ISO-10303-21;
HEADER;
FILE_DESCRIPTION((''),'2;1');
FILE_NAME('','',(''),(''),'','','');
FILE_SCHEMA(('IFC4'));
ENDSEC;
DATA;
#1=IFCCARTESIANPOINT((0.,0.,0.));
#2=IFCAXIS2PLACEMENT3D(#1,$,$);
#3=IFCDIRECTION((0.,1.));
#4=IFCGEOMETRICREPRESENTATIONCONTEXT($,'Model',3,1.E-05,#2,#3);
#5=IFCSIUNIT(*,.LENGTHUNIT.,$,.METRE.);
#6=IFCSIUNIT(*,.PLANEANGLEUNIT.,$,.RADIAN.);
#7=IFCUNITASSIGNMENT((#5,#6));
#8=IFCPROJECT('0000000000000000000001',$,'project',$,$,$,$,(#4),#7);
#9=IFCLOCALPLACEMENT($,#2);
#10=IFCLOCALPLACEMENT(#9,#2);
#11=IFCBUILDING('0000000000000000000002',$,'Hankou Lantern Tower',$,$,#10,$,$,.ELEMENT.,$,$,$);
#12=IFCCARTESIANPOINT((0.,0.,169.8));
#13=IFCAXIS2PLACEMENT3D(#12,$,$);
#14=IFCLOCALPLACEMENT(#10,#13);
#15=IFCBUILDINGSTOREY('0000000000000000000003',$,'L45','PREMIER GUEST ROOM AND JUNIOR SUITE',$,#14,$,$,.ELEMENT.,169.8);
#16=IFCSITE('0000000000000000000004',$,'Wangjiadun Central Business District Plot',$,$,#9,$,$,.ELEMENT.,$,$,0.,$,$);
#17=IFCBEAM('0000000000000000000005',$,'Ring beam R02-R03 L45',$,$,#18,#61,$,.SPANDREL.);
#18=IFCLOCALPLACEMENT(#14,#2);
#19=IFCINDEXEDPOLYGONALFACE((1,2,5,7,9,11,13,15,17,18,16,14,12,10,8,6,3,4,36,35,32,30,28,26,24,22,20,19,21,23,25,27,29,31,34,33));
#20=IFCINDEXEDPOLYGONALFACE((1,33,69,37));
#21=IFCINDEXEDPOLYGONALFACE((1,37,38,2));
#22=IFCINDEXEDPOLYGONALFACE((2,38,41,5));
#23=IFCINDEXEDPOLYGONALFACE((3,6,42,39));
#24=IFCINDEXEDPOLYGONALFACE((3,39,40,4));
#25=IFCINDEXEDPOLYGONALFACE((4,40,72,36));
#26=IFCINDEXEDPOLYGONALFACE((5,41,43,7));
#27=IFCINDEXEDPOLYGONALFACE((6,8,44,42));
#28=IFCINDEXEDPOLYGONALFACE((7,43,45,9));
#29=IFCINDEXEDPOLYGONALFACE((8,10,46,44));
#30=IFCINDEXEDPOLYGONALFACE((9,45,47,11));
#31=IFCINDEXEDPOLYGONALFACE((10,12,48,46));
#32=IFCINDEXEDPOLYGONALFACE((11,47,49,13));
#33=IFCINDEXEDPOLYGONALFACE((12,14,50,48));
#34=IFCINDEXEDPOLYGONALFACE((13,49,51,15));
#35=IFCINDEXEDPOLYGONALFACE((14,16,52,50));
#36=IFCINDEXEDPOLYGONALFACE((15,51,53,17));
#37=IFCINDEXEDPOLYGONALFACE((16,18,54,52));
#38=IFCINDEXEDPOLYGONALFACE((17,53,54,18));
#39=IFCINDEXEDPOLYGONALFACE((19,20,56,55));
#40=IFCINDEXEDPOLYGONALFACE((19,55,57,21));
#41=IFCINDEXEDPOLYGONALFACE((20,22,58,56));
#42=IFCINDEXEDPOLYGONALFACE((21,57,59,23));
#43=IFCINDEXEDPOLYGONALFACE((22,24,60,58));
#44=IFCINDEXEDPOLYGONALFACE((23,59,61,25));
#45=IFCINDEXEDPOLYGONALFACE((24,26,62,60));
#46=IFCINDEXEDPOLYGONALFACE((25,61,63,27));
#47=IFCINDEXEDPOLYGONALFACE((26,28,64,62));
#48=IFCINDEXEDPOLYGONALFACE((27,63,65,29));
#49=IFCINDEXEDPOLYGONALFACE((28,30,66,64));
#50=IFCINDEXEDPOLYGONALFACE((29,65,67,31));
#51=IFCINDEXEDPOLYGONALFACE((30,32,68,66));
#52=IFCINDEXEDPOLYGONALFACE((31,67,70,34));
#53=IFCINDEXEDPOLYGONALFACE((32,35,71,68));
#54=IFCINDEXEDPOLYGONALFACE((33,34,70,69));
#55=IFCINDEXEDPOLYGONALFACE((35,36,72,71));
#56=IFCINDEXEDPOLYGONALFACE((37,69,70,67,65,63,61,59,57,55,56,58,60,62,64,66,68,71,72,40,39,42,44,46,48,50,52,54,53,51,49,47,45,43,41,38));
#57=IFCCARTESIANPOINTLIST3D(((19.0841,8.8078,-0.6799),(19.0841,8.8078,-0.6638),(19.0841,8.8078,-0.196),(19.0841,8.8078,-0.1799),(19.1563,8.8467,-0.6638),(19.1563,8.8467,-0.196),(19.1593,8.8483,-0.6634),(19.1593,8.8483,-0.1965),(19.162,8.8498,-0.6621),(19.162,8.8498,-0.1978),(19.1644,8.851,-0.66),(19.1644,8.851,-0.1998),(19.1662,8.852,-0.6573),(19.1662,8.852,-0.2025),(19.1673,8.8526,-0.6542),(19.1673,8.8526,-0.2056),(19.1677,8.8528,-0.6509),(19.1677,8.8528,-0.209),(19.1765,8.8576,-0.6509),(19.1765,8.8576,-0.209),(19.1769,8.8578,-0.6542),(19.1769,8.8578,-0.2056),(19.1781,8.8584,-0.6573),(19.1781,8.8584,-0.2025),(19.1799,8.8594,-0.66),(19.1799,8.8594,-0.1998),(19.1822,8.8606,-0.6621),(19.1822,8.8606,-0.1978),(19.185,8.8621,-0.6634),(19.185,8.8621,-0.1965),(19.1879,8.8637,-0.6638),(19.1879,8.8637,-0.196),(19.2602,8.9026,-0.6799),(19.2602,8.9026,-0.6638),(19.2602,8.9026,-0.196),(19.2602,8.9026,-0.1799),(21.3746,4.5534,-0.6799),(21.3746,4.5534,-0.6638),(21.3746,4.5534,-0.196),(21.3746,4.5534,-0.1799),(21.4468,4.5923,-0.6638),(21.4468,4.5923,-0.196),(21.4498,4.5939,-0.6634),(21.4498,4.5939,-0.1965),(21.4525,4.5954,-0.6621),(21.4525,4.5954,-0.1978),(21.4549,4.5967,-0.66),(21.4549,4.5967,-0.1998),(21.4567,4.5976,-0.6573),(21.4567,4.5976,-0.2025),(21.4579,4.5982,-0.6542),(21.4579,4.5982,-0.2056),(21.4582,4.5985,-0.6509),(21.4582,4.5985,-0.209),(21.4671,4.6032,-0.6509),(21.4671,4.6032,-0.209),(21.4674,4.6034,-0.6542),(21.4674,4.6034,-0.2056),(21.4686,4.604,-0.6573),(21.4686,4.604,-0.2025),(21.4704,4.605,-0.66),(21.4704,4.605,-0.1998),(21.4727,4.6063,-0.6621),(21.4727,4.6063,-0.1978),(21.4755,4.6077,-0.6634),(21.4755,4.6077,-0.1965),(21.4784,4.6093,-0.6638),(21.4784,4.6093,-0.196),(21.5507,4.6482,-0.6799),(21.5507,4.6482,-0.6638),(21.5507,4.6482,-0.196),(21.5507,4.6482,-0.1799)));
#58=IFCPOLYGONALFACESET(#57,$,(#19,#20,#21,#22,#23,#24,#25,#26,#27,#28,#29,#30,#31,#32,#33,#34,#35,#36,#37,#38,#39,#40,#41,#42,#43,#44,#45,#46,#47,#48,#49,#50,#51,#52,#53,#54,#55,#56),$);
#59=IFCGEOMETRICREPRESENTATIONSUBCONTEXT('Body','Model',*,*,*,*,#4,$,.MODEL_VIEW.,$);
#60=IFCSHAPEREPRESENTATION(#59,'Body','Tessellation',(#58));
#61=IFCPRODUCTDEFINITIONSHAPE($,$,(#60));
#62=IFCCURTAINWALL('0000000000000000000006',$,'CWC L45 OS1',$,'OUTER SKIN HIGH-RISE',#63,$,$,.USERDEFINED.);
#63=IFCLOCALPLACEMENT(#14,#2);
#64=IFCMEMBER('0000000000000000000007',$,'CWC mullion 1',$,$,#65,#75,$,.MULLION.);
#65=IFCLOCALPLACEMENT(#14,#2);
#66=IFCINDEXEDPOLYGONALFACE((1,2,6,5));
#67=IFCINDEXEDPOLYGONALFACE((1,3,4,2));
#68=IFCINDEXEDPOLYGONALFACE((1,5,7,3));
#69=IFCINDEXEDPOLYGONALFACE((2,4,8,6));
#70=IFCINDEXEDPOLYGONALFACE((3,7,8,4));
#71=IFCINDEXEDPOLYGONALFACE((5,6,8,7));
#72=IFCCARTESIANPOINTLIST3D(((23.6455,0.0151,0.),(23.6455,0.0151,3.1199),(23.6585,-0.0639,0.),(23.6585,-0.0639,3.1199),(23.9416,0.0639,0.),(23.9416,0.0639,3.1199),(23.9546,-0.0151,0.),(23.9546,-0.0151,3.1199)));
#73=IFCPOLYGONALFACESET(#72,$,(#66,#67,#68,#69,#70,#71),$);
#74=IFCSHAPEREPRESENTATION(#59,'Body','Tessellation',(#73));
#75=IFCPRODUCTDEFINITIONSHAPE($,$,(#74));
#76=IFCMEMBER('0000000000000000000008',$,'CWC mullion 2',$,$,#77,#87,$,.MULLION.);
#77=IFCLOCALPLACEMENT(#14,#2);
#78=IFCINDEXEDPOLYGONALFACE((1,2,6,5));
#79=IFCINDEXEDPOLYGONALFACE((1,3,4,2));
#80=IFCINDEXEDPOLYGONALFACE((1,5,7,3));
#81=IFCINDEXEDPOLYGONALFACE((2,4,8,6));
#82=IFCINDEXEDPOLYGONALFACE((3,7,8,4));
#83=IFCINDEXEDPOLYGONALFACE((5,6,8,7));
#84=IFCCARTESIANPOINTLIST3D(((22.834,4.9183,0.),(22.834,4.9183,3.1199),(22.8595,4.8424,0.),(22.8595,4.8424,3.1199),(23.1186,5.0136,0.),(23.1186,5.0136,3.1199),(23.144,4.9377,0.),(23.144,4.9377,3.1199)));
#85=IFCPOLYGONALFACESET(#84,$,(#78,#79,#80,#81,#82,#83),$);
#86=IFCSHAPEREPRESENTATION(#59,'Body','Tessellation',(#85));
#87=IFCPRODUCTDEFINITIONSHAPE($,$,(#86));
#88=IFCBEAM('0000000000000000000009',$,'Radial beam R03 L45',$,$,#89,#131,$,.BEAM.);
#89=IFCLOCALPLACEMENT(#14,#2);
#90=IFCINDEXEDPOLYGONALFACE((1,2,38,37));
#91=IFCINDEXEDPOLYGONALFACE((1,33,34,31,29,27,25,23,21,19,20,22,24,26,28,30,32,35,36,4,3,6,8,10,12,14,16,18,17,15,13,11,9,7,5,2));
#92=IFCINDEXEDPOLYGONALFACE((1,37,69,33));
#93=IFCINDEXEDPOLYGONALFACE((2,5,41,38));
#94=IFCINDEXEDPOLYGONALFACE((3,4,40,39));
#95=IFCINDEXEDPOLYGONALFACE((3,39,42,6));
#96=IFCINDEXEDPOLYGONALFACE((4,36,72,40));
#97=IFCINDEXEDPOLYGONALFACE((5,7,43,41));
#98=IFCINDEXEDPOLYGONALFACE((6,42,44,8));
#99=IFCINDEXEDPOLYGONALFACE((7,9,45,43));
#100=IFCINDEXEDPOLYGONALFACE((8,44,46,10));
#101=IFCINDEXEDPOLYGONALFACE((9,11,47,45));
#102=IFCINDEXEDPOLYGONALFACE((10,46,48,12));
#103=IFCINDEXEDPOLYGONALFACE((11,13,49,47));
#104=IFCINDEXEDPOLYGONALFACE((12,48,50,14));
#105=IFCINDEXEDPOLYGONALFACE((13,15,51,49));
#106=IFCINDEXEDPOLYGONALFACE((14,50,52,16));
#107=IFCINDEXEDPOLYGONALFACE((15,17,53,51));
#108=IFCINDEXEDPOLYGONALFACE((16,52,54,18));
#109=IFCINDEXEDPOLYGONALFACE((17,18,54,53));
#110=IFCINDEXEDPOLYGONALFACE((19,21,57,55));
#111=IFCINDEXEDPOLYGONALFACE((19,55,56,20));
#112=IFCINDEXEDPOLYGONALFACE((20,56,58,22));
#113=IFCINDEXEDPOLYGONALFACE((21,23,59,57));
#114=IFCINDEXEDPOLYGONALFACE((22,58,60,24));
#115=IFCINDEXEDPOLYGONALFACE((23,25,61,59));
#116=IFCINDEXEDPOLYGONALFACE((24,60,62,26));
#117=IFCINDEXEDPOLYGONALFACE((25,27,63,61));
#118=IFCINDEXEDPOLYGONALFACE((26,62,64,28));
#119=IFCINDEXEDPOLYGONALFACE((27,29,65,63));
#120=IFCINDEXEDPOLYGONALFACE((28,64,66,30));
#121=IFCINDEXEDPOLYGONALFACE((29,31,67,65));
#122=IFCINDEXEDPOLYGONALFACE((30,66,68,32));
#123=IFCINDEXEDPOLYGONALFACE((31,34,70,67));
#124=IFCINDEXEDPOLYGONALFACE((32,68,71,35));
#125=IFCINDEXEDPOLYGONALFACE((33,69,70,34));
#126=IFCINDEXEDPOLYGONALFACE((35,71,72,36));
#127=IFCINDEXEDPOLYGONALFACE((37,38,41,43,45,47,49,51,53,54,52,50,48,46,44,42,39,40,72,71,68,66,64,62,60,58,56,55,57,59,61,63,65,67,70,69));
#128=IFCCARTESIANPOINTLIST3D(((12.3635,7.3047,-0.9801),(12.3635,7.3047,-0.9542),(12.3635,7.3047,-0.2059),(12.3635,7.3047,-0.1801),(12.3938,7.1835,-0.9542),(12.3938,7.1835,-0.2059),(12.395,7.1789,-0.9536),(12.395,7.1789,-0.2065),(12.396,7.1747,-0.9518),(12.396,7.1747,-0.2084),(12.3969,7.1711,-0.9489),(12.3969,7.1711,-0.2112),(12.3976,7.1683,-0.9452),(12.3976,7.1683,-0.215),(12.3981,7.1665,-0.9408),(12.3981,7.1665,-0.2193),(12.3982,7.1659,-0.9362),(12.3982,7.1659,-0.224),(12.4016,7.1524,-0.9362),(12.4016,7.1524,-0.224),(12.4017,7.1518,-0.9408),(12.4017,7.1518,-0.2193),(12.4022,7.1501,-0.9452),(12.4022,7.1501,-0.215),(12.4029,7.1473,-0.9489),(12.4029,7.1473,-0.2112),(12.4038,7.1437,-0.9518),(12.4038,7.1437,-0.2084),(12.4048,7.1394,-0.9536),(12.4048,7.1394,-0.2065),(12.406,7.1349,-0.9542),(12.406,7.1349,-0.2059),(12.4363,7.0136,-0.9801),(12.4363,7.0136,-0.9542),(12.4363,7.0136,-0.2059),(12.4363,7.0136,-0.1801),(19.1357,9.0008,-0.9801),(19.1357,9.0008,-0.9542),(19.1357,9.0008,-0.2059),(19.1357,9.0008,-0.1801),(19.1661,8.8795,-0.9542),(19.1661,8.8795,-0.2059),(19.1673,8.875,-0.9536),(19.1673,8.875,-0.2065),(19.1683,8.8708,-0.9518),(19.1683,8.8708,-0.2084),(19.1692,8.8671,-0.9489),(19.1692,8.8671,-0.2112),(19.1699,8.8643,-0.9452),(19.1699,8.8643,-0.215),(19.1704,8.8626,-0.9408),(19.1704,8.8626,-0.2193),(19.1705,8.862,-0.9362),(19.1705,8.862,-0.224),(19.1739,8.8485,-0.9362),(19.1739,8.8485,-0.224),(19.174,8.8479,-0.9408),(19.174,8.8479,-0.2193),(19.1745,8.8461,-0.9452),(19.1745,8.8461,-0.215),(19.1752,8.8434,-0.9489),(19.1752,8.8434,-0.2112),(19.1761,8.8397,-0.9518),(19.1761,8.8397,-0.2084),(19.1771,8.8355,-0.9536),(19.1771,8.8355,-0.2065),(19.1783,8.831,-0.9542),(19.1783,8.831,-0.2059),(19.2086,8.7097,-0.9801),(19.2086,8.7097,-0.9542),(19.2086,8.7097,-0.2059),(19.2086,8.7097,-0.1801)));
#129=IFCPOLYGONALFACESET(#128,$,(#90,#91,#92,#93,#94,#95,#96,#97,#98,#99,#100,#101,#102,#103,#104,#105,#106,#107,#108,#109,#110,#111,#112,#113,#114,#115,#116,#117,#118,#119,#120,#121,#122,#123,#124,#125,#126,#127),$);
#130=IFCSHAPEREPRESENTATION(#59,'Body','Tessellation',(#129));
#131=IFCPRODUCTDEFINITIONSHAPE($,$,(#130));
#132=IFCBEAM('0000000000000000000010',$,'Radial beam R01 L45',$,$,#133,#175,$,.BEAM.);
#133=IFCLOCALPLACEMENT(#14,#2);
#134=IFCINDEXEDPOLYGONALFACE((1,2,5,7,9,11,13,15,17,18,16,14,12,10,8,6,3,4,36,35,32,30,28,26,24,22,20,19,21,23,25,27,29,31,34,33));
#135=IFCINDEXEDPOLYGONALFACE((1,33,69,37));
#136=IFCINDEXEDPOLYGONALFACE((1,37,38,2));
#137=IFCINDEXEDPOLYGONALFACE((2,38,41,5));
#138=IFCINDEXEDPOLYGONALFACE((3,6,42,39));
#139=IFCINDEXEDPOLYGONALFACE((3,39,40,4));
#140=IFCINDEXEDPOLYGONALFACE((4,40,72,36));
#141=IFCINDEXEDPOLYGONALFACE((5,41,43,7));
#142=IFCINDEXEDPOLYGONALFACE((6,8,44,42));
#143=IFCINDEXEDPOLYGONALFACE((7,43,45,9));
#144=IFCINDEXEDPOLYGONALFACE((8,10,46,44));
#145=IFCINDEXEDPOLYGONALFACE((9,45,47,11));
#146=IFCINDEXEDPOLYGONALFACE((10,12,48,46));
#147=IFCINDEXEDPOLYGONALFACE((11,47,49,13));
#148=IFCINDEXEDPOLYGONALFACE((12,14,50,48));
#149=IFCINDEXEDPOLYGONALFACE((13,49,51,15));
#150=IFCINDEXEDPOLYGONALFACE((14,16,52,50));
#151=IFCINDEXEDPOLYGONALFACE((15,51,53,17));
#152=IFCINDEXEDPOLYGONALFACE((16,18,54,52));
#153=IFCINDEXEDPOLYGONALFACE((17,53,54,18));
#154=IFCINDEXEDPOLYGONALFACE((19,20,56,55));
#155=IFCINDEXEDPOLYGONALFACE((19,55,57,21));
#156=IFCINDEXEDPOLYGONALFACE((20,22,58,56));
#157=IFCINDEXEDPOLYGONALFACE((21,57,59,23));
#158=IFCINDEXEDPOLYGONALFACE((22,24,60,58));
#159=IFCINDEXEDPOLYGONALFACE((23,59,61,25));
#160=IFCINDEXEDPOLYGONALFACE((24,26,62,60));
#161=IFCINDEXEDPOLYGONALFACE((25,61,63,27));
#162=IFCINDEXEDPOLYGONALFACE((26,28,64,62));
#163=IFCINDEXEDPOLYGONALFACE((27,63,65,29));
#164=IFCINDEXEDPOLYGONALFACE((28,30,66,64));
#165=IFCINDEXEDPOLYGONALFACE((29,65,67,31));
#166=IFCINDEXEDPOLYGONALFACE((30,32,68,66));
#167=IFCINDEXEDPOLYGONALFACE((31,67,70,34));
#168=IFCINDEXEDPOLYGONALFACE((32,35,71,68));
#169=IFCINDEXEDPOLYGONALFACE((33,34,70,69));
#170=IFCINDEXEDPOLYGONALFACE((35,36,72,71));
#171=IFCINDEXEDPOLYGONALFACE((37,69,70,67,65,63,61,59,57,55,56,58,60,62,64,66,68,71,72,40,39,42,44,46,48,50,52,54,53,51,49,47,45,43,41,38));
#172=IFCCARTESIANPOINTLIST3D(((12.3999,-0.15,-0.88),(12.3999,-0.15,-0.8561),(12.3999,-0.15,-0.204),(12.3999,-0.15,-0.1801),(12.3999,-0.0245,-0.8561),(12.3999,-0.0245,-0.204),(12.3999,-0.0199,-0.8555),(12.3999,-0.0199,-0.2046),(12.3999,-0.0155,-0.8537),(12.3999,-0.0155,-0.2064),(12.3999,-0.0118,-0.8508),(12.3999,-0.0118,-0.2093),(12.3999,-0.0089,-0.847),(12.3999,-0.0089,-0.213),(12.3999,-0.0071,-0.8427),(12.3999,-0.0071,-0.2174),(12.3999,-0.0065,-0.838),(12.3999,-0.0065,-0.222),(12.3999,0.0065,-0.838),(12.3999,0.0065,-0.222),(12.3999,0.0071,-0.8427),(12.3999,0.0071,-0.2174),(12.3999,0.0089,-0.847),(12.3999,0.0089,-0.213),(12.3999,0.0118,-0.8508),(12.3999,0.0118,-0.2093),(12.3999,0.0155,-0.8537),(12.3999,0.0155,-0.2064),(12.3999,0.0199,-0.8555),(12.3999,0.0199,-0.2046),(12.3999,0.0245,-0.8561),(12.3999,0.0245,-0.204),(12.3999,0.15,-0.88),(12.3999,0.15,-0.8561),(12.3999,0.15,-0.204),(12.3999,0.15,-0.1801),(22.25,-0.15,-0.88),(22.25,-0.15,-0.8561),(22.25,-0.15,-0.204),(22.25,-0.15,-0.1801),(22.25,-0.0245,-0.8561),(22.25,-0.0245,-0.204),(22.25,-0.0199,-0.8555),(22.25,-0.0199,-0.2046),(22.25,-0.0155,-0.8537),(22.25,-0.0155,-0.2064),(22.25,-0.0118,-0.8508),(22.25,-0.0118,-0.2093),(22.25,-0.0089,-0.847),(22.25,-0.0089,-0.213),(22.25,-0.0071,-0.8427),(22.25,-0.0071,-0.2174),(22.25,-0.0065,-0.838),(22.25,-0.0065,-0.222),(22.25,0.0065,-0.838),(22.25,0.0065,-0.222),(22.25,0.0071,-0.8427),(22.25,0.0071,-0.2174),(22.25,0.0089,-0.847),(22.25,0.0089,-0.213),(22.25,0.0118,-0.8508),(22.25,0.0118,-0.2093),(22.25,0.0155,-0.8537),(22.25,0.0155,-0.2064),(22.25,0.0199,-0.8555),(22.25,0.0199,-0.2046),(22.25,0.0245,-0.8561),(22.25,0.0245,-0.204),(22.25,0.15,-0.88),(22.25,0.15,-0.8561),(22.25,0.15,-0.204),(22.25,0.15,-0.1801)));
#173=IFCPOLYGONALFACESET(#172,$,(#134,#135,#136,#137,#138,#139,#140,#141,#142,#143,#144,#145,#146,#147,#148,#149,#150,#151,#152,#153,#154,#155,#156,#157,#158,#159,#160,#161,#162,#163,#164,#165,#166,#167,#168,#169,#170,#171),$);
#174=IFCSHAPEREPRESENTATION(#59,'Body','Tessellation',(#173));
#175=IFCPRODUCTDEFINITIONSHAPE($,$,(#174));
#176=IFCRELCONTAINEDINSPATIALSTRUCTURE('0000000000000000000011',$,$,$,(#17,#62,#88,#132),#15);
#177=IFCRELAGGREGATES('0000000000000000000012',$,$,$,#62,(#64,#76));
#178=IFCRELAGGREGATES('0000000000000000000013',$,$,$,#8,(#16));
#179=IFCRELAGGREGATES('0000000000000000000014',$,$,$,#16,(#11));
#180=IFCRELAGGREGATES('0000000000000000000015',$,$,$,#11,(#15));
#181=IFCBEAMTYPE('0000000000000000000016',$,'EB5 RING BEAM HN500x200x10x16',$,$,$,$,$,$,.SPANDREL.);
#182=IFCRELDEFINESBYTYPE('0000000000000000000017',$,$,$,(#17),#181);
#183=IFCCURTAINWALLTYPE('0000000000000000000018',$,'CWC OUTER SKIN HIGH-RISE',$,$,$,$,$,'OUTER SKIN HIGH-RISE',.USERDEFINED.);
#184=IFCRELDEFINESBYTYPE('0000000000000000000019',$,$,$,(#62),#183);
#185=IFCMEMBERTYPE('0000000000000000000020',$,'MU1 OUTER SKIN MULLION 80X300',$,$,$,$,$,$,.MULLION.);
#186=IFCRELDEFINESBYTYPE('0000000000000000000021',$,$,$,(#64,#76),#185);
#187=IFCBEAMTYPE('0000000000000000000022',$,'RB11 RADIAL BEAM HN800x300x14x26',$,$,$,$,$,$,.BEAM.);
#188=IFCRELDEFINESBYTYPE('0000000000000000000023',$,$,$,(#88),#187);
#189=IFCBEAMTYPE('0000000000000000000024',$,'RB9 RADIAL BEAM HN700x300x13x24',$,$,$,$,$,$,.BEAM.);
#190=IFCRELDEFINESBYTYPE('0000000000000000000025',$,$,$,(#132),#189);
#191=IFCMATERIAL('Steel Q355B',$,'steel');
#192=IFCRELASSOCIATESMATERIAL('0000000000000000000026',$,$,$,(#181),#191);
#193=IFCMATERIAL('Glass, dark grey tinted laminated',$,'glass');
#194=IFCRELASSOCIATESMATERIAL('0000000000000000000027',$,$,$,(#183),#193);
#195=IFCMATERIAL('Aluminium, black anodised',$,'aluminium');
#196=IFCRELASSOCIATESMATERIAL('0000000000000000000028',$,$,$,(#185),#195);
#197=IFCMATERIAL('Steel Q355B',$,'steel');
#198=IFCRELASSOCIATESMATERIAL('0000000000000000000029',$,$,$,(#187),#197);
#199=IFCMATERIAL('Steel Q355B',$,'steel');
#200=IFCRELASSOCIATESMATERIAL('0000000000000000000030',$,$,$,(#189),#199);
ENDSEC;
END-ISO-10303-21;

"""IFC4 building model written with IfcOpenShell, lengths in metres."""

from ifc_helpers import new_model, si_unit, direction, frame, origin, origin_2d, place, context, subcontext, project, spatial, rectangle, i_section, extrude, material, material_profile, profile_set, type_object, element, aggregate, save


model = new_model("IFC4")

# Units and contexts
model_context = context("Model", 3, precision=1e-05, world=origin(), true_north=direction((0.0, 1.0)))
body_context = subcontext(model_context, "Body", "Model", "MODEL_VIEW")
ifc_project = project(units=[si_unit("LENGTHUNIT", "METRE"), si_unit("PLANEANGLEUNIT", "RADIAN")], contexts=[model_context])

# Site, building, storey
site_placement = place(None, origin())
site = spatial("IfcSite", under=ifc_project, at=site_placement, Name="Wangjiadun Central Business District Plot", CompositionType="ELEMENT", RefElevation=0.0)
building_placement = place(site_placement, origin())
building = spatial("IfcBuilding", under=site, at=building_placement, Name="Hankou Lantern Tower", CompositionType="ELEMENT")
storey_placement = place(building_placement, frame((0.0, 0.0, 169.8)))
storey = spatial("IfcBuildingStorey", under=building, at=storey_placement, Name="L45", Description="PREMIER GUEST ROOM AND JUNIOR SUITE", CompositionType="ELEMENT", Elevation=169.8)

# Beam
ifc_material_1 = material(Name="Steel Q355B", Category="steel")
ifc_material_profile_1 = material_profile(ifc_material_1, i_section(OverallWidth=0.2, OverallDepth=0.5, WebThickness=0.01, FlangeThickness=0.0161, FilletRadius=0.0129, at=origin_2d()), Name="HN500x200x10x16")
ifc_profile_set_1 = profile_set([ifc_material_profile_1], Name="Steel Q355B")
beam_type_1 = type_object("IfcBeamType", Name="EB5 RING BEAM HN500x200x10x16", PredefinedType="SPANDREL", material=ifc_profile_set_1)
beam_1_placement = place(storey_placement, frame((21.4626, 4.6008, -0.4299), z_axis=(-0.474052, 0.880497, 0.0), x_axis=(-0.880497, -0.474052, 0.0)))
element("IfcBeam", 1, at=beam_1_placement, inside=storey, type_object=beam_type_1, Name="Ring beam R02-R03 L45", PredefinedType="SPANDREL", context=body_context, shape_type="SweptSolid", body=[
    extrude(i_section(OverallWidth=0.2, OverallDepth=0.5, WebThickness=0.01, FlangeThickness=0.0161, FilletRadius=0.0129, at=origin_2d()), origin(), (0.0, 0.0, 1.0), 4.8318),
])

# Curtain wall, members
ifc_material_2 = material(Name="Glass, dark grey tinted laminated", Category="glass")
curtain_wall_type = type_object("IfcCurtainWallType", Name="CWC OUTER SKIN HIGH-RISE", ElementType="OUTER SKIN HIGH-RISE", PredefinedType="USERDEFINED", material=ifc_material_2)
curtain_wall_placement = place(storey_placement, origin())
curtain_wall = element("IfcCurtainWall", 2, at=curtain_wall_placement, inside=storey, type_object=curtain_wall_type, Name="CWC L45 OS1", ObjectType="OUTER SKIN HIGH-RISE", PredefinedType="USERDEFINED")
ifc_material_3 = material(Name="Aluminium, black anodised", Category="aluminium")
ifc_material_profile_2 = material_profile(ifc_material_3, rectangle(XDim=0.0801, YDim=0.3, at=origin_2d()), Name="MU1 80X300")
ifc_profile_set_2 = profile_set([ifc_material_profile_2], Name="Aluminium, black anodised")
member_type_1 = type_object("IfcMemberType", Name="MU1 OUTER SKIN MULLION 80X300", PredefinedType="MULLION", material=ifc_profile_set_2)
member_1_placement = place(storey_placement, frame((23.8, 0.0, 0.0), z_axis=(0.0, 0.0, 1.0), x_axis=(-0.162382, 0.986728, 0.0)))
member_1 = element("IfcMember", 3, at=member_1_placement, type_object=member_type_1, Name="CWC mullion 1", PredefinedType="MULLION", context=body_context, shape_type="SweptSolid", body=[
    extrude(rectangle(XDim=0.0801, YDim=0.3, at=origin_2d()), origin(), (0.0, 0.0, 1.0), 3.1199),
])
member_2_placement = place(storey_placement, frame((22.989, 4.928, 0.0), z_axis=(0.0, 0.0, 1.0), x_axis=(-0.317596, 0.948226, 0.0)))
member_2 = element("IfcMember", 4, at=member_2_placement, type_object=member_type_1, Name="CWC mullion 2", PredefinedType="MULLION", context=body_context, shape_type="SweptSolid", body=[
    extrude(rectangle(XDim=0.0801, YDim=0.3, at=origin_2d()), origin(), (0.0, 0.0, 1.0), 3.1199),
])

# Beams
ifc_material_4 = material(Name="Steel Q355B", Category="steel")
ifc_material_profile_3 = material_profile(ifc_material_4, i_section(OverallWidth=0.3, OverallDepth=0.8, WebThickness=0.0139, FlangeThickness=0.0259, FilletRadius=0.0181, at=origin_2d()), Name="HN800x300x14x26")
ifc_profile_set_3 = profile_set([ifc_material_profile_3], Name="Steel Q355B")
beam_type_2 = type_object("IfcBeamType", Name="RB11 RADIAL BEAM HN800x300x14x26", PredefinedType="BEAM", material=ifc_profile_set_3)
beam_2_placement = place(storey_placement, frame((12.3999, 7.1592, -0.5801), z_axis=(0.970042, 0.242939, 0.0), x_axis=(-0.242939, 0.970042, 0.0)))
element("IfcBeam", 5, at=beam_2_placement, inside=storey, type_object=beam_type_2, Name="Radial beam R03 L45", PredefinedType="BEAM", context=body_context, shape_type="SweptSolid", body=[
    extrude(i_section(OverallWidth=0.3, OverallDepth=0.8, WebThickness=0.0139, FlangeThickness=0.0259, FilletRadius=0.0181, at=origin_2d()), origin(), (0.0, 0.0, 1.0), 6.9814),
])
ifc_material_5 = material(Name="Steel Q355B", Category="steel")
ifc_material_profile_4 = material_profile(ifc_material_5, i_section(OverallWidth=0.3, OverallDepth=0.7, WebThickness=0.0129, FlangeThickness=0.0239, FilletRadius=0.0181, at=origin_2d()), Name="HN700x300x13x24")
ifc_profile_set_4 = profile_set([ifc_material_profile_4], Name="Steel Q355B")
beam_type_3 = type_object("IfcBeamType", Name="RB9 RADIAL BEAM HN700x300x13x24", PredefinedType="BEAM", material=ifc_profile_set_4)
beam_3_placement = place(storey_placement, frame((12.3999, 0.0, -0.53), z_axis=(1.0, 0.0, 0.0), x_axis=(0.0, 1.0, 0.0)))
element("IfcBeam", 6, at=beam_3_placement, inside=storey, type_object=beam_type_3, Name="Radial beam R01 L45", PredefinedType="BEAM", context=body_context, shape_type="SweptSolid", body=[
    extrude(i_section(OverallWidth=0.3, OverallDepth=0.7, WebThickness=0.0129, FlangeThickness=0.0239, FilletRadius=0.0181, at=origin_2d()), origin(), (0.0, 0.0, 1.0), 9.8501),
])

aggregate(curtain_wall, [member_1, member_2])

save(model, "model.ifc")
